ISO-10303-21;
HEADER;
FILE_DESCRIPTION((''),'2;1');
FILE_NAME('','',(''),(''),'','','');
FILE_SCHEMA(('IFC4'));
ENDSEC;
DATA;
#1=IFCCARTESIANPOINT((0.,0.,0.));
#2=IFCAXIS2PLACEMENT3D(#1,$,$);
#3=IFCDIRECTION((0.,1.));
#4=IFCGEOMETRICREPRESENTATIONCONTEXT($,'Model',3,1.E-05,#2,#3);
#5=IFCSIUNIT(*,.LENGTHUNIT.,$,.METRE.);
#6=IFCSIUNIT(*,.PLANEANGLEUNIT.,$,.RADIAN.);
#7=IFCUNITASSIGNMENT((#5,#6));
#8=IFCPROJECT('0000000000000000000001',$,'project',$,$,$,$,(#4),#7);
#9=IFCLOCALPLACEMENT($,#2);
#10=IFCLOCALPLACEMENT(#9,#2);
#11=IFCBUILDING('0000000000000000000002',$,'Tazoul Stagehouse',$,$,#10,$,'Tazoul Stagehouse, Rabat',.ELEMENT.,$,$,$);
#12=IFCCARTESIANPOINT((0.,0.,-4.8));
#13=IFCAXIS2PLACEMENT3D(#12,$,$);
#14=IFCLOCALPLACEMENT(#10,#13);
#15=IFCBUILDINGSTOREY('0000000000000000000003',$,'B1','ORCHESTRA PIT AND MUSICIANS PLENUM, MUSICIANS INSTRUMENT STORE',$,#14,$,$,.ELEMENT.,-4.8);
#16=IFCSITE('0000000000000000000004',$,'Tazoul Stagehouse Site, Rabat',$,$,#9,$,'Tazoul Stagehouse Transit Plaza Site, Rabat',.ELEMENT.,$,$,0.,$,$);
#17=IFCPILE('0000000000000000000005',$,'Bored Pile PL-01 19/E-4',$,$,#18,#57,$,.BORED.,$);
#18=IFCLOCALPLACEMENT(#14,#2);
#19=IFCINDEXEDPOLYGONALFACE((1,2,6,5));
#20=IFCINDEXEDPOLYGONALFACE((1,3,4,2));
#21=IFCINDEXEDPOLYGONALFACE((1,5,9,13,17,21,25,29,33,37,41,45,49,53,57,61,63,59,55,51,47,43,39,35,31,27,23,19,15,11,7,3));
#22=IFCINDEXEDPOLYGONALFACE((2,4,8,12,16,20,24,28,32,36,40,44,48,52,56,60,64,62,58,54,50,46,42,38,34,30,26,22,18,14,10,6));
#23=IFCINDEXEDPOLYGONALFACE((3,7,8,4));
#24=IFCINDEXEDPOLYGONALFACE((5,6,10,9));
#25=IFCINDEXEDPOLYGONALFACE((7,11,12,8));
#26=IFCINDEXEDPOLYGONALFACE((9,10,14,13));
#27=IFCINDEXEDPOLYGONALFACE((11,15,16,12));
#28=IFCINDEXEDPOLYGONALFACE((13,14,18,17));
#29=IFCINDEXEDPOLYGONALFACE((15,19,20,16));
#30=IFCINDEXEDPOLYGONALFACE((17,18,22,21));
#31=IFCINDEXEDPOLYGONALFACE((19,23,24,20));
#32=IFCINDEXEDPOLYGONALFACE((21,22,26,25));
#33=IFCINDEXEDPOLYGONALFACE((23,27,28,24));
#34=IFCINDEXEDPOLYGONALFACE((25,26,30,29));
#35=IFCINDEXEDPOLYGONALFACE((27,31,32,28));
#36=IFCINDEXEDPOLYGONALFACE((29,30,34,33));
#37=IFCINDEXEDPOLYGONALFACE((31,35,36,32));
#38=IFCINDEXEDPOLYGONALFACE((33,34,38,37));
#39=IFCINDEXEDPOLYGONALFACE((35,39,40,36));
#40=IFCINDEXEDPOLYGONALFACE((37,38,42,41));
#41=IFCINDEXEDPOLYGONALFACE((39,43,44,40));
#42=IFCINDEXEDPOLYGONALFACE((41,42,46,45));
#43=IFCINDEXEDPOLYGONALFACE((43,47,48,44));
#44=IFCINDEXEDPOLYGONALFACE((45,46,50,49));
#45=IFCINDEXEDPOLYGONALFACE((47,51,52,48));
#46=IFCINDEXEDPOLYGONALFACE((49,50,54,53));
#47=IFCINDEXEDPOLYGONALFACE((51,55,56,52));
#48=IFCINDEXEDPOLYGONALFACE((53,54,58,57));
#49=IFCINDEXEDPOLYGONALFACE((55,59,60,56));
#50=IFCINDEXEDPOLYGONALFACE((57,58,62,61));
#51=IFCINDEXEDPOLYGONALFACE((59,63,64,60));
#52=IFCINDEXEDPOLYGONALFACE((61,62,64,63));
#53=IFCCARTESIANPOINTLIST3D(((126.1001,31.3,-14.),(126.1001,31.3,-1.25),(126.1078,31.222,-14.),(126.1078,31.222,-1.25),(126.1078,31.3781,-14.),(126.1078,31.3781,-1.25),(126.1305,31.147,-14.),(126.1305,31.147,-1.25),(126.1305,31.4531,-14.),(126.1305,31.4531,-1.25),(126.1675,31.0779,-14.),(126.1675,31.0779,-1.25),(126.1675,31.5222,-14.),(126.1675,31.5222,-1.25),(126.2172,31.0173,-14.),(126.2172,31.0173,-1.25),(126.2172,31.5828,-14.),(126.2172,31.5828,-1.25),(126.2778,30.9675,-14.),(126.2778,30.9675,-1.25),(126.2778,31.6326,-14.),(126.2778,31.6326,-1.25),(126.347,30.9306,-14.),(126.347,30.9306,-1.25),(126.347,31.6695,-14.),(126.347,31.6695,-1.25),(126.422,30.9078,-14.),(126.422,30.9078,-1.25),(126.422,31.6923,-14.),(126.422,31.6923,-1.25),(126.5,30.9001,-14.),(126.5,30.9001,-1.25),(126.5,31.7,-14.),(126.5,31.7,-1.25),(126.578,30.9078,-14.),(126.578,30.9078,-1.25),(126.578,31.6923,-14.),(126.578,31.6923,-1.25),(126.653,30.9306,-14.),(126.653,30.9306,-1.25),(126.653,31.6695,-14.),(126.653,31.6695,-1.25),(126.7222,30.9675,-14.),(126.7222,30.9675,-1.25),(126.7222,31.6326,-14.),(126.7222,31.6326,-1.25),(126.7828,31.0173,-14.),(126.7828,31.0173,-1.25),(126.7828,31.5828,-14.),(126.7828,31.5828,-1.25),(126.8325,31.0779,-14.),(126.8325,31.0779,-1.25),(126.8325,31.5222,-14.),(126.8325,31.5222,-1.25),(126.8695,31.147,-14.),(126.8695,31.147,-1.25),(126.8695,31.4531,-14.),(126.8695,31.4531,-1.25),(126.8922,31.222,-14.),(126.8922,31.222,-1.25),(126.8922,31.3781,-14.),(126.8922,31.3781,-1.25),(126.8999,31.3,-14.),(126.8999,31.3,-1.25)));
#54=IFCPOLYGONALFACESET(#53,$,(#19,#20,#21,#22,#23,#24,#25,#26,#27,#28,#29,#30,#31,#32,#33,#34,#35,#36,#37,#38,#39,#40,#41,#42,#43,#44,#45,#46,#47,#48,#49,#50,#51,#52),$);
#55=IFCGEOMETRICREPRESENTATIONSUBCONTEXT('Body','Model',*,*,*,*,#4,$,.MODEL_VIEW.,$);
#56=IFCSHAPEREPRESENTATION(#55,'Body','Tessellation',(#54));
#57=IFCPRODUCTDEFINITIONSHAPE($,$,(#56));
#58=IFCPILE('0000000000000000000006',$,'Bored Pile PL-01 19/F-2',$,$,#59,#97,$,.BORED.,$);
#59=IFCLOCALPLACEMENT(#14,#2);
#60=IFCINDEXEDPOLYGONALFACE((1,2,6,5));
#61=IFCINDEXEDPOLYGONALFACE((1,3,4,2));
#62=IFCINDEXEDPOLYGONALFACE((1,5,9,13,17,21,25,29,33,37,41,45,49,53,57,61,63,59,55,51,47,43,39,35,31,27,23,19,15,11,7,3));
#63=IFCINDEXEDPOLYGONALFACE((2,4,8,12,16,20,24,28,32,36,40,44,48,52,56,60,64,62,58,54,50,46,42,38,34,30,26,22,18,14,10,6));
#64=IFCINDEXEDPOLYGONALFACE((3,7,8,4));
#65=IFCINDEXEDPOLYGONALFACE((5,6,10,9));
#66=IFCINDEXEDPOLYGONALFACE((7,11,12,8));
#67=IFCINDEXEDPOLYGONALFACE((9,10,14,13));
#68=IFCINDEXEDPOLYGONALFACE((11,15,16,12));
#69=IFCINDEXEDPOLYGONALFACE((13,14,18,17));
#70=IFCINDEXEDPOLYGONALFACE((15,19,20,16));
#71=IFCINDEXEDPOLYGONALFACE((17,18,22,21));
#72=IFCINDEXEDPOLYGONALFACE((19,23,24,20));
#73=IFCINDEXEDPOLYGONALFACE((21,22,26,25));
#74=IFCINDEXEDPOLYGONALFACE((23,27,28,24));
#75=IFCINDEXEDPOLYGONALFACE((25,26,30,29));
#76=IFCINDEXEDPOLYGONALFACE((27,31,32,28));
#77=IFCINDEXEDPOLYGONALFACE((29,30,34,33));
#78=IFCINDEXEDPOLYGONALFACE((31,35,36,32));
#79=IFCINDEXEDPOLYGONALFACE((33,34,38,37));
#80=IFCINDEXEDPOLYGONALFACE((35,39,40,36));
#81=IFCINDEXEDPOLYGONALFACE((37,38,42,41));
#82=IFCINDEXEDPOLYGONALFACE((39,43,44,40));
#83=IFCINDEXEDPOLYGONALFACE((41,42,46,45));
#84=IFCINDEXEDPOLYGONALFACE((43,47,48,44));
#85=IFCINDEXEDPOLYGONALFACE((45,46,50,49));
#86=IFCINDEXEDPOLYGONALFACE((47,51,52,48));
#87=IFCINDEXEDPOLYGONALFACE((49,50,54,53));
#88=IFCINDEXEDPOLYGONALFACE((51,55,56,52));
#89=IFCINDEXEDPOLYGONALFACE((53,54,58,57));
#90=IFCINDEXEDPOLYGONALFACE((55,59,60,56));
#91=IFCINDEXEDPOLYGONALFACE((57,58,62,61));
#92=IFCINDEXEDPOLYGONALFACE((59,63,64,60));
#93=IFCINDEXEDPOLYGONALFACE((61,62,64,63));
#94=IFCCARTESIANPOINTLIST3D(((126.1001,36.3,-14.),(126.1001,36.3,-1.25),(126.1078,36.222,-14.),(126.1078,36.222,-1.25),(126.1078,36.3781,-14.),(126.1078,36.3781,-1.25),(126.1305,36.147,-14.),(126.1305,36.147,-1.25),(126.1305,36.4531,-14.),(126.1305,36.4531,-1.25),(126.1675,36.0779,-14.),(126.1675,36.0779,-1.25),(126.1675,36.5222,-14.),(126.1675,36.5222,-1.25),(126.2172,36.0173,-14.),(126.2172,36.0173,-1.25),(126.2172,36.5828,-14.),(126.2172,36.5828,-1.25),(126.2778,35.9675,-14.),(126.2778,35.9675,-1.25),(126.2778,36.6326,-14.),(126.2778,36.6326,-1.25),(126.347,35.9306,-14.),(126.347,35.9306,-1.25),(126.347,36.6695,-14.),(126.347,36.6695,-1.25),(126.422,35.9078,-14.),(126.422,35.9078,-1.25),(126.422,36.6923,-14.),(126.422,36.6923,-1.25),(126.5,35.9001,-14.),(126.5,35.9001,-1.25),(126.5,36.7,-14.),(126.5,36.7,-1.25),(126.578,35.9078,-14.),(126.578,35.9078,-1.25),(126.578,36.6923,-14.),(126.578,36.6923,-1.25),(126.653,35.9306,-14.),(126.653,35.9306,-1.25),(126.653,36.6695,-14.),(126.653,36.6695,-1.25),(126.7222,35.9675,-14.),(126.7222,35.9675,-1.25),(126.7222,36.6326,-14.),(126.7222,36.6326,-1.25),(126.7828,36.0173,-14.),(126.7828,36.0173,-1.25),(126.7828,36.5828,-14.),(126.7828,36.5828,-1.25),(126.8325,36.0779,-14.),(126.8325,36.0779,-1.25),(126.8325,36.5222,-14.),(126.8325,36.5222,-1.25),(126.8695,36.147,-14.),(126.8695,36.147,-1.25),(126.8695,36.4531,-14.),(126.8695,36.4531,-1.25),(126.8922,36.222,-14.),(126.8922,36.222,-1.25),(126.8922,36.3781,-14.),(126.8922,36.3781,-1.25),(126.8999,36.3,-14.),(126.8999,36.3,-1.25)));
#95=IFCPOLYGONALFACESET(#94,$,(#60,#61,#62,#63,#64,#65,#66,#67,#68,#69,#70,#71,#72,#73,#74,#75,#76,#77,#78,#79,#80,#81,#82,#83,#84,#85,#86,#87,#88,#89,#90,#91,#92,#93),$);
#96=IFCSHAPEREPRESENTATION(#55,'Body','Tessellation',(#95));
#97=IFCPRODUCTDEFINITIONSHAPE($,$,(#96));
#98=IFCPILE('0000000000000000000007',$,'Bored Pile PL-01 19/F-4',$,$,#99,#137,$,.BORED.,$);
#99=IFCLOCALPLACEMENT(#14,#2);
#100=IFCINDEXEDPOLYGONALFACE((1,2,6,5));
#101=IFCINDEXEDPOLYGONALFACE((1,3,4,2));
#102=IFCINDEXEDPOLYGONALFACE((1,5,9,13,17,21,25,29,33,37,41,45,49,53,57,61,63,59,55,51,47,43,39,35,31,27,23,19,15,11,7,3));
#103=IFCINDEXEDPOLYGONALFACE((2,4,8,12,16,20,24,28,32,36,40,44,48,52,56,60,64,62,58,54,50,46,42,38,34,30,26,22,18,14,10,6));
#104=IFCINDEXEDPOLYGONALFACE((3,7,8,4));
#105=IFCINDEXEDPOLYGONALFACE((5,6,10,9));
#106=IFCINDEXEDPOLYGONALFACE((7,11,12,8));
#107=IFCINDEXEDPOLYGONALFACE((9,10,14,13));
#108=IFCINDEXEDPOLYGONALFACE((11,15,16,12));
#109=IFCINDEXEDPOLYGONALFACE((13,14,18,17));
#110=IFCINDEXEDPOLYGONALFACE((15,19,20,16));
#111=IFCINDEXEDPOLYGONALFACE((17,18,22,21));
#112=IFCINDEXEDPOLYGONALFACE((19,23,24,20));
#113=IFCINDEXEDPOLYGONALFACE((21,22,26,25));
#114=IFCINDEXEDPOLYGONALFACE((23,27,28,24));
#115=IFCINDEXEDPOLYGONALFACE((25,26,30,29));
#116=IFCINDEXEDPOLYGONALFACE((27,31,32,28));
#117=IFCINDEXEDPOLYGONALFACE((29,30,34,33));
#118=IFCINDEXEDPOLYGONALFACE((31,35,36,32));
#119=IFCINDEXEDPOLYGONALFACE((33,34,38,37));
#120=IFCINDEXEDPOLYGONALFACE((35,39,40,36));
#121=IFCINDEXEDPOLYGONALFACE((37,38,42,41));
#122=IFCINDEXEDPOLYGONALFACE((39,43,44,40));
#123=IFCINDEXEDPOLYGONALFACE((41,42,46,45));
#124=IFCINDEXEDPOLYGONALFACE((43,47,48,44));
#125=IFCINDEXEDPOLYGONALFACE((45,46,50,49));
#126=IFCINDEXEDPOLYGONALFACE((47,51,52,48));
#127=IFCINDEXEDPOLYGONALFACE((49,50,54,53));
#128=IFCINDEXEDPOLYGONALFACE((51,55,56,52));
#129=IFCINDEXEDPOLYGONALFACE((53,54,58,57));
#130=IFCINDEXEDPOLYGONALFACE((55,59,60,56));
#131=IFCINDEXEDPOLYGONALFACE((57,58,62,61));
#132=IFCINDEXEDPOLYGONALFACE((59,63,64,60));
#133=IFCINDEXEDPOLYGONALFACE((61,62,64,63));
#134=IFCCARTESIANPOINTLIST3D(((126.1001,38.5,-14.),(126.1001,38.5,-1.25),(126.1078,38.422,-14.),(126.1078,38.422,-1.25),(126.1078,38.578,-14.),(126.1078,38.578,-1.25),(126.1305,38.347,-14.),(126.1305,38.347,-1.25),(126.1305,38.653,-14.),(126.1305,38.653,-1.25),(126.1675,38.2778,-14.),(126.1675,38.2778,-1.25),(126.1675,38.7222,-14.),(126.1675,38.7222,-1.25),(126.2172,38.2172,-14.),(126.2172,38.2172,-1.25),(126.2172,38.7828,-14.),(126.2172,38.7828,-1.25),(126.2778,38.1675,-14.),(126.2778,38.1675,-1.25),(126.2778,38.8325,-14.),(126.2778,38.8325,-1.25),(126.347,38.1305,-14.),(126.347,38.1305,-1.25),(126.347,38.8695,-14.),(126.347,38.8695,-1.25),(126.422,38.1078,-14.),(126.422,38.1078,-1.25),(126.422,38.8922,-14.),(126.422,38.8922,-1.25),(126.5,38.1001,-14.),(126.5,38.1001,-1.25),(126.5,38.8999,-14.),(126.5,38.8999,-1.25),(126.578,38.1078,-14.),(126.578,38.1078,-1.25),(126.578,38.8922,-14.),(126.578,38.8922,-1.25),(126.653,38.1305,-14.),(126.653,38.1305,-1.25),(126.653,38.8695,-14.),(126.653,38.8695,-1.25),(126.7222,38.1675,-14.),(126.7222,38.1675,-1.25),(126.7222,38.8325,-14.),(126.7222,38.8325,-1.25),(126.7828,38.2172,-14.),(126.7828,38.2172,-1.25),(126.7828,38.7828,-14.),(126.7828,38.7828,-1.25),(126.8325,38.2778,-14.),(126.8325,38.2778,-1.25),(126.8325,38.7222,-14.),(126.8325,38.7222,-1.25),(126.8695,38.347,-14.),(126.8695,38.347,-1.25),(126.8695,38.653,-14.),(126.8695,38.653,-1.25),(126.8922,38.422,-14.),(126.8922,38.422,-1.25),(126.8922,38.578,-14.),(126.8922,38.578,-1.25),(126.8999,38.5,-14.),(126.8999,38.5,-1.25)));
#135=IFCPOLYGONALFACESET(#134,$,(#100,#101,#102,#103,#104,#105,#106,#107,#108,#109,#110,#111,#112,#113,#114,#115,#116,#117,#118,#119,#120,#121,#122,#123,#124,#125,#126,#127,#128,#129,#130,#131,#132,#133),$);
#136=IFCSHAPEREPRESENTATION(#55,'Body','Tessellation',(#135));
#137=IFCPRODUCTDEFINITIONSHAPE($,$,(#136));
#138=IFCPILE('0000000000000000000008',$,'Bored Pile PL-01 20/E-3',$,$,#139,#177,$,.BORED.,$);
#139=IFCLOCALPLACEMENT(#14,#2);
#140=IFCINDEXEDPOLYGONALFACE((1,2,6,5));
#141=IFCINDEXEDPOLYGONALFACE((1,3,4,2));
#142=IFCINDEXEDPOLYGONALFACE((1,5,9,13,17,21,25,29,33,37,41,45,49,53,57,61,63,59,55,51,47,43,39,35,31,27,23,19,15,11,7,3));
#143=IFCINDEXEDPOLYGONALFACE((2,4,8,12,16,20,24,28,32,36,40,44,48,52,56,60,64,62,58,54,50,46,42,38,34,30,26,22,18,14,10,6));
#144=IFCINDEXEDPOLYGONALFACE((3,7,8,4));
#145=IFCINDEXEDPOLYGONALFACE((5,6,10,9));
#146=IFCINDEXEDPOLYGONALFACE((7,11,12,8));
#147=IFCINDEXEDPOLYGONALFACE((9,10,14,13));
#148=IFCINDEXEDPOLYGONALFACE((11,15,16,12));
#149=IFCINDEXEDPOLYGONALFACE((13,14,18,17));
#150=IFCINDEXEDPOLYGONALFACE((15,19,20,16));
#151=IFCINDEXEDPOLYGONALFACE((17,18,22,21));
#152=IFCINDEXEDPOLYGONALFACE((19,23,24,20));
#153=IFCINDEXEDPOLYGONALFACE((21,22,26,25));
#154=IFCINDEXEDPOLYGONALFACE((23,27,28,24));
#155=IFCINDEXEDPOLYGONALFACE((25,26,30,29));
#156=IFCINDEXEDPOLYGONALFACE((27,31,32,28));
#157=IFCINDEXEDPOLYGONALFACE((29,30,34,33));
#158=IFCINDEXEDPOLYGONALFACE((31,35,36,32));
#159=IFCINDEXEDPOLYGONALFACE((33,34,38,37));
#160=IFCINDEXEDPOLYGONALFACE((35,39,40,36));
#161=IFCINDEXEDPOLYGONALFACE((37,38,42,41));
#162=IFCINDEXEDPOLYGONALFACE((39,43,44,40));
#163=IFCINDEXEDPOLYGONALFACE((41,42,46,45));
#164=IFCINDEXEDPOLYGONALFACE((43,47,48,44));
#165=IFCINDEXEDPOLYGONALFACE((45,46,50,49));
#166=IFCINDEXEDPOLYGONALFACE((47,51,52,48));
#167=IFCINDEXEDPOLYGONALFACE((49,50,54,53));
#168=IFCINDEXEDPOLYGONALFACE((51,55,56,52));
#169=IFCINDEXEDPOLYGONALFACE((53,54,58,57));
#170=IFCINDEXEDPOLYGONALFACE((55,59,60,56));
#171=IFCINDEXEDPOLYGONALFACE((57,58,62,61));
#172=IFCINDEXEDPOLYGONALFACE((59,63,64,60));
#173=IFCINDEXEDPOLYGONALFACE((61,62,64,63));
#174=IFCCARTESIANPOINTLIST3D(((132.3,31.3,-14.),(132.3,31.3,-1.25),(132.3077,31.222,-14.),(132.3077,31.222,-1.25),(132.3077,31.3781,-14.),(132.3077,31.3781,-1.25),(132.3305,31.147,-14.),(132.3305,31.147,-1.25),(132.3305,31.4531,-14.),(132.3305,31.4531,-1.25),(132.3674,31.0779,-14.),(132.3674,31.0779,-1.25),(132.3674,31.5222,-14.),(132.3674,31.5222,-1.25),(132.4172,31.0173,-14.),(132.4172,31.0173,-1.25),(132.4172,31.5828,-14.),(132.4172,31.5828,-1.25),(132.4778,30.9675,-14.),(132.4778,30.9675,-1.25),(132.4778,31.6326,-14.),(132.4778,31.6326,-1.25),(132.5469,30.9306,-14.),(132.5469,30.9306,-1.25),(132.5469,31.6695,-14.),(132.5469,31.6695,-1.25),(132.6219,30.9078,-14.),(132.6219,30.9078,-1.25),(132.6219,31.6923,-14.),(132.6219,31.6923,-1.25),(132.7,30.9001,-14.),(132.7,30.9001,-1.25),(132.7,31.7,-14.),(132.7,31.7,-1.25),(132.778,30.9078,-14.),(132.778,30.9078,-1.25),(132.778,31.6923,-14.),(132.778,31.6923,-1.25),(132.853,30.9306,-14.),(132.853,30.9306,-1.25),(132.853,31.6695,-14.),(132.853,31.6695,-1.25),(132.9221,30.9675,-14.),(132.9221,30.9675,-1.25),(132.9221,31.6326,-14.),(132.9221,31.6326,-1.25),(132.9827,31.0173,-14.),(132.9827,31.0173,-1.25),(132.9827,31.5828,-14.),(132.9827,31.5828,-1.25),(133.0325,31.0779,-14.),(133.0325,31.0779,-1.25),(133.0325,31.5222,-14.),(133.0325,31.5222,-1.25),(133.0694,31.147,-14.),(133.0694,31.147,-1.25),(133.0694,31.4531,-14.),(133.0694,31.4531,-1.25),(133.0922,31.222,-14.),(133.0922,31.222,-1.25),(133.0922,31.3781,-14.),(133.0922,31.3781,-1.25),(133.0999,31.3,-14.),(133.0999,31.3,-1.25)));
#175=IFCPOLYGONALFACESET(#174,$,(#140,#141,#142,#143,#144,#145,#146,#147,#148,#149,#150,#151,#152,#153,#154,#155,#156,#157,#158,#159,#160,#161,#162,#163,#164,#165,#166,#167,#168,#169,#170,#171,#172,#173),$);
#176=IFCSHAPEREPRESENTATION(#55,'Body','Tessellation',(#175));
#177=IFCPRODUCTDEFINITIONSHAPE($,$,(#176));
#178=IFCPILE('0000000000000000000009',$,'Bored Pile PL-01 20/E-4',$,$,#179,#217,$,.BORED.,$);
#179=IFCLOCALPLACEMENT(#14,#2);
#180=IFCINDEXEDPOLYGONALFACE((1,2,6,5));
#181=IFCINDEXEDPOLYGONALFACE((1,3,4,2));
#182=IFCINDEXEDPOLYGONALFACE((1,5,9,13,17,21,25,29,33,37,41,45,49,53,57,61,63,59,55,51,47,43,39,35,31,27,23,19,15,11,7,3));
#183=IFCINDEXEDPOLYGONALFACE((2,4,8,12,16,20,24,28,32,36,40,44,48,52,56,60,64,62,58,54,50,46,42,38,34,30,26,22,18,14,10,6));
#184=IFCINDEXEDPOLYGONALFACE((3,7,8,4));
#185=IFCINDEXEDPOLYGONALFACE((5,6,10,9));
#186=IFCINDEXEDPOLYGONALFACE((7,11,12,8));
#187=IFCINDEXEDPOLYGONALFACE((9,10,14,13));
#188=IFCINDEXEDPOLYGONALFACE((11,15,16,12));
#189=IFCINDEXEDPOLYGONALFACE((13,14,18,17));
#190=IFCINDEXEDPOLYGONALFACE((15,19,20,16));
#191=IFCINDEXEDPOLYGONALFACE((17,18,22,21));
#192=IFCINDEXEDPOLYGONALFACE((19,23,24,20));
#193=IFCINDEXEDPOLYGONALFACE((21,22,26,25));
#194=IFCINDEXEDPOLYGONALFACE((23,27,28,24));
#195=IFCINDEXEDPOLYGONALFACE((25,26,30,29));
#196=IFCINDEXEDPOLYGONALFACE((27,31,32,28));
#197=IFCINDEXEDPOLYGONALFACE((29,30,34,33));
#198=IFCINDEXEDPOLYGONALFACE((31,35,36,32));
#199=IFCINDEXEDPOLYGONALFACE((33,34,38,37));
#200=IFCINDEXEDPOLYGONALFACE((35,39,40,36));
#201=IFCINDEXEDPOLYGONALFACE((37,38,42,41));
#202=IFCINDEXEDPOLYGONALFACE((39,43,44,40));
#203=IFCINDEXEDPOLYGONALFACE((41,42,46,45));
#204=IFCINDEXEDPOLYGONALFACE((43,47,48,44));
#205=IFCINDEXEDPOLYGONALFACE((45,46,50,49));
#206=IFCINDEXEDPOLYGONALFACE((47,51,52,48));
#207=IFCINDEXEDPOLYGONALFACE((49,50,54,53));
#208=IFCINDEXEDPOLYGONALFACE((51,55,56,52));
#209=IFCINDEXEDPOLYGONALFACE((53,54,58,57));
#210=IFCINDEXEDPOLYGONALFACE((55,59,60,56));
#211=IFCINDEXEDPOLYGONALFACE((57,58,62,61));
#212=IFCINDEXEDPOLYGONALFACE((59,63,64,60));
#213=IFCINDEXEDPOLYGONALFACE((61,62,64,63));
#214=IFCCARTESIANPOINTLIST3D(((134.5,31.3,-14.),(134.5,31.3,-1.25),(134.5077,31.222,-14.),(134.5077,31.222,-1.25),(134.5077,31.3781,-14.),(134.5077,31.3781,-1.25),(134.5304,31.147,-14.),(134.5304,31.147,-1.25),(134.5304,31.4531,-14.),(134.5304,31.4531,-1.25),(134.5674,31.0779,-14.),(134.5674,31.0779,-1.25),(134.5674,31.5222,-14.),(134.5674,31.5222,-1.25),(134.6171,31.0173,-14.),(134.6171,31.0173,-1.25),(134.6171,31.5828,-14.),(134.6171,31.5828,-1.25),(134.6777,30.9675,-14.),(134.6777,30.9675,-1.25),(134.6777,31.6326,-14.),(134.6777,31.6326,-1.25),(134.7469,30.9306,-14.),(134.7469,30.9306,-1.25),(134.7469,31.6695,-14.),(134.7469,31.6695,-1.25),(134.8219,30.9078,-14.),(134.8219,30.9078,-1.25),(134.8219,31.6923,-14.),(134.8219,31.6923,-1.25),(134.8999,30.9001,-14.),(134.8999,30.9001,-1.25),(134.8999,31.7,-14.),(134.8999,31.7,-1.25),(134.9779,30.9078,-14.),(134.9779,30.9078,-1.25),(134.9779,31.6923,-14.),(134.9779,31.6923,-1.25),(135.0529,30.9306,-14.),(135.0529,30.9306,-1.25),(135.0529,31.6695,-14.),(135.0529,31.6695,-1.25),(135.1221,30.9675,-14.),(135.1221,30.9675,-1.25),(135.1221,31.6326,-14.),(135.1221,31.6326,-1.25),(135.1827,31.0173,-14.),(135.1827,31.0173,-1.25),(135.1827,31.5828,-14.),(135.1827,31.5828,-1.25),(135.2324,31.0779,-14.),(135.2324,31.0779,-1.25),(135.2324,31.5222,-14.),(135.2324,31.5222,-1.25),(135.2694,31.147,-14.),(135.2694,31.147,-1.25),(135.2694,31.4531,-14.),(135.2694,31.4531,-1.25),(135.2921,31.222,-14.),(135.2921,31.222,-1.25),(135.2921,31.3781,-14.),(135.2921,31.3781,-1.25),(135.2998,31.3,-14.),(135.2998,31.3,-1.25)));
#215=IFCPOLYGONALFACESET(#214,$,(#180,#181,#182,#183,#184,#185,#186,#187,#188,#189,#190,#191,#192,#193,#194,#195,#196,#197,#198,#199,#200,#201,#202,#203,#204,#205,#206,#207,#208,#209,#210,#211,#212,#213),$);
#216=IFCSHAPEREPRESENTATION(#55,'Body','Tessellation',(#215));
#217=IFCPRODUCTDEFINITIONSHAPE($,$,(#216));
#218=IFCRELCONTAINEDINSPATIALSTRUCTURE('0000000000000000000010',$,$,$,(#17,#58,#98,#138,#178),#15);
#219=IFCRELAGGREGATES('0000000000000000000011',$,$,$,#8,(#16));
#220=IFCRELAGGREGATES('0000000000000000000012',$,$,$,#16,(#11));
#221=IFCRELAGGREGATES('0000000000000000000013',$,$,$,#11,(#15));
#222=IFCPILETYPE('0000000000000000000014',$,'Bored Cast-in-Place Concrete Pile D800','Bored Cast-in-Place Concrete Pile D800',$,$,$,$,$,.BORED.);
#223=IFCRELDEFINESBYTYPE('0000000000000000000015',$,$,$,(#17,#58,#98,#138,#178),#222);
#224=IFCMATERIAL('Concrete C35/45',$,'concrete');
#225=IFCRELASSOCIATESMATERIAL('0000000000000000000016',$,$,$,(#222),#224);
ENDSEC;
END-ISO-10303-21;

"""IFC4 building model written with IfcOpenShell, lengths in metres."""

from ifc_helpers import new_model, si_unit, direction, frame, origin, origin_2d, place, context, subcontext, project, spatial, circle, extrude, material, material_profile, profile_set, type_object, element, save


model = new_model("IFC4")

# Units and contexts
model_context = context("Model", 3, precision=1e-05, world=origin(), true_north=direction((0.0, 1.0)))
body_context = subcontext(model_context, "Body", "Model", "MODEL_VIEW")
ifc_project = project(units=[si_unit("LENGTHUNIT", "METRE"), si_unit("PLANEANGLEUNIT", "RADIAN")], contexts=[model_context])

# Site, building, storey
site_placement = place(None, origin())
site = spatial("IfcSite", under=ifc_project, at=site_placement, Name="Tazoul Stagehouse Site, Rabat", LongName="Tazoul Stagehouse Transit Plaza Site, Rabat", CompositionType="ELEMENT", RefElevation=0.0)
building_placement = place(site_placement, origin())
building = spatial("IfcBuilding", under=site, at=building_placement, Name="Tazoul Stagehouse", LongName="Tazoul Stagehouse, Rabat", CompositionType="ELEMENT")
storey_placement = place(building_placement, frame((0.0, 0.0, -4.8)))
storey = spatial("IfcBuildingStorey", under=building, at=storey_placement, Name="B1", Description="ORCHESTRA PIT AND MUSICIANS PLENUM, MUSICIANS INSTRUMENT STORE", CompositionType="ELEMENT", Elevation=-4.8)

# Piles
ifc_material_1 = material(Name="Concrete C35/45", Category="concrete")
ifc_material_profile_1 = material_profile(ifc_material_1, circle(Radius=0.3999, at=origin_2d()), Name="BORED PILE 800")
ifc_profile_set_1 = profile_set([ifc_material_profile_1], Name="Concrete C35/45")
pile_type = type_object("IfcPileType", Name="Bored Cast-in-Place Concrete Pile D800", Description="Bored Cast-in-Place Concrete Pile D800", PredefinedType="BORED", material=ifc_profile_set_1)
for number, where, z_axis, x_axis, name in (
    (1, (126.5, 31.3, -1.25), (0.0, 0.0, -1.0), (1.0, 0.0, 0.0), "Bored Pile PL-01 19/E-4"),
    (2, (126.5, 36.3, -1.25), (0.0, 0.0, -1.0), (1.0, 0.0, 0.0), "Bored Pile PL-01 19/F-2"),
    (3, (126.5, 38.5, -1.25), (0.0, 0.0, -1.0), (1.0, 0.0, 0.0), "Bored Pile PL-01 19/F-4"),
    (4, (132.7, 31.3, -1.25), (0.0, 0.0, -1.0), (1.0, 0.0, 0.0), "Bored Pile PL-01 20/E-3"),
    (5, (134.8999, 31.3, -1.25), (0.0, 0.0, -1.0), (1.0, 0.0, 0.0), "Bored Pile PL-01 20/E-4"),
):
    element("IfcPile", number, at=place(storey_placement, frame(where, z_axis=z_axis, x_axis=x_axis)), inside=storey, type_object=pile_type, Name=name, PredefinedType="BORED", context=body_context, shape_type="SweptSolid", body=[
        extrude(circle(Radius=0.3999, at=origin_2d()), origin(), (0.0, 0.0, 1.0), 12.75),
    ])

save(model, "model.ifc")
